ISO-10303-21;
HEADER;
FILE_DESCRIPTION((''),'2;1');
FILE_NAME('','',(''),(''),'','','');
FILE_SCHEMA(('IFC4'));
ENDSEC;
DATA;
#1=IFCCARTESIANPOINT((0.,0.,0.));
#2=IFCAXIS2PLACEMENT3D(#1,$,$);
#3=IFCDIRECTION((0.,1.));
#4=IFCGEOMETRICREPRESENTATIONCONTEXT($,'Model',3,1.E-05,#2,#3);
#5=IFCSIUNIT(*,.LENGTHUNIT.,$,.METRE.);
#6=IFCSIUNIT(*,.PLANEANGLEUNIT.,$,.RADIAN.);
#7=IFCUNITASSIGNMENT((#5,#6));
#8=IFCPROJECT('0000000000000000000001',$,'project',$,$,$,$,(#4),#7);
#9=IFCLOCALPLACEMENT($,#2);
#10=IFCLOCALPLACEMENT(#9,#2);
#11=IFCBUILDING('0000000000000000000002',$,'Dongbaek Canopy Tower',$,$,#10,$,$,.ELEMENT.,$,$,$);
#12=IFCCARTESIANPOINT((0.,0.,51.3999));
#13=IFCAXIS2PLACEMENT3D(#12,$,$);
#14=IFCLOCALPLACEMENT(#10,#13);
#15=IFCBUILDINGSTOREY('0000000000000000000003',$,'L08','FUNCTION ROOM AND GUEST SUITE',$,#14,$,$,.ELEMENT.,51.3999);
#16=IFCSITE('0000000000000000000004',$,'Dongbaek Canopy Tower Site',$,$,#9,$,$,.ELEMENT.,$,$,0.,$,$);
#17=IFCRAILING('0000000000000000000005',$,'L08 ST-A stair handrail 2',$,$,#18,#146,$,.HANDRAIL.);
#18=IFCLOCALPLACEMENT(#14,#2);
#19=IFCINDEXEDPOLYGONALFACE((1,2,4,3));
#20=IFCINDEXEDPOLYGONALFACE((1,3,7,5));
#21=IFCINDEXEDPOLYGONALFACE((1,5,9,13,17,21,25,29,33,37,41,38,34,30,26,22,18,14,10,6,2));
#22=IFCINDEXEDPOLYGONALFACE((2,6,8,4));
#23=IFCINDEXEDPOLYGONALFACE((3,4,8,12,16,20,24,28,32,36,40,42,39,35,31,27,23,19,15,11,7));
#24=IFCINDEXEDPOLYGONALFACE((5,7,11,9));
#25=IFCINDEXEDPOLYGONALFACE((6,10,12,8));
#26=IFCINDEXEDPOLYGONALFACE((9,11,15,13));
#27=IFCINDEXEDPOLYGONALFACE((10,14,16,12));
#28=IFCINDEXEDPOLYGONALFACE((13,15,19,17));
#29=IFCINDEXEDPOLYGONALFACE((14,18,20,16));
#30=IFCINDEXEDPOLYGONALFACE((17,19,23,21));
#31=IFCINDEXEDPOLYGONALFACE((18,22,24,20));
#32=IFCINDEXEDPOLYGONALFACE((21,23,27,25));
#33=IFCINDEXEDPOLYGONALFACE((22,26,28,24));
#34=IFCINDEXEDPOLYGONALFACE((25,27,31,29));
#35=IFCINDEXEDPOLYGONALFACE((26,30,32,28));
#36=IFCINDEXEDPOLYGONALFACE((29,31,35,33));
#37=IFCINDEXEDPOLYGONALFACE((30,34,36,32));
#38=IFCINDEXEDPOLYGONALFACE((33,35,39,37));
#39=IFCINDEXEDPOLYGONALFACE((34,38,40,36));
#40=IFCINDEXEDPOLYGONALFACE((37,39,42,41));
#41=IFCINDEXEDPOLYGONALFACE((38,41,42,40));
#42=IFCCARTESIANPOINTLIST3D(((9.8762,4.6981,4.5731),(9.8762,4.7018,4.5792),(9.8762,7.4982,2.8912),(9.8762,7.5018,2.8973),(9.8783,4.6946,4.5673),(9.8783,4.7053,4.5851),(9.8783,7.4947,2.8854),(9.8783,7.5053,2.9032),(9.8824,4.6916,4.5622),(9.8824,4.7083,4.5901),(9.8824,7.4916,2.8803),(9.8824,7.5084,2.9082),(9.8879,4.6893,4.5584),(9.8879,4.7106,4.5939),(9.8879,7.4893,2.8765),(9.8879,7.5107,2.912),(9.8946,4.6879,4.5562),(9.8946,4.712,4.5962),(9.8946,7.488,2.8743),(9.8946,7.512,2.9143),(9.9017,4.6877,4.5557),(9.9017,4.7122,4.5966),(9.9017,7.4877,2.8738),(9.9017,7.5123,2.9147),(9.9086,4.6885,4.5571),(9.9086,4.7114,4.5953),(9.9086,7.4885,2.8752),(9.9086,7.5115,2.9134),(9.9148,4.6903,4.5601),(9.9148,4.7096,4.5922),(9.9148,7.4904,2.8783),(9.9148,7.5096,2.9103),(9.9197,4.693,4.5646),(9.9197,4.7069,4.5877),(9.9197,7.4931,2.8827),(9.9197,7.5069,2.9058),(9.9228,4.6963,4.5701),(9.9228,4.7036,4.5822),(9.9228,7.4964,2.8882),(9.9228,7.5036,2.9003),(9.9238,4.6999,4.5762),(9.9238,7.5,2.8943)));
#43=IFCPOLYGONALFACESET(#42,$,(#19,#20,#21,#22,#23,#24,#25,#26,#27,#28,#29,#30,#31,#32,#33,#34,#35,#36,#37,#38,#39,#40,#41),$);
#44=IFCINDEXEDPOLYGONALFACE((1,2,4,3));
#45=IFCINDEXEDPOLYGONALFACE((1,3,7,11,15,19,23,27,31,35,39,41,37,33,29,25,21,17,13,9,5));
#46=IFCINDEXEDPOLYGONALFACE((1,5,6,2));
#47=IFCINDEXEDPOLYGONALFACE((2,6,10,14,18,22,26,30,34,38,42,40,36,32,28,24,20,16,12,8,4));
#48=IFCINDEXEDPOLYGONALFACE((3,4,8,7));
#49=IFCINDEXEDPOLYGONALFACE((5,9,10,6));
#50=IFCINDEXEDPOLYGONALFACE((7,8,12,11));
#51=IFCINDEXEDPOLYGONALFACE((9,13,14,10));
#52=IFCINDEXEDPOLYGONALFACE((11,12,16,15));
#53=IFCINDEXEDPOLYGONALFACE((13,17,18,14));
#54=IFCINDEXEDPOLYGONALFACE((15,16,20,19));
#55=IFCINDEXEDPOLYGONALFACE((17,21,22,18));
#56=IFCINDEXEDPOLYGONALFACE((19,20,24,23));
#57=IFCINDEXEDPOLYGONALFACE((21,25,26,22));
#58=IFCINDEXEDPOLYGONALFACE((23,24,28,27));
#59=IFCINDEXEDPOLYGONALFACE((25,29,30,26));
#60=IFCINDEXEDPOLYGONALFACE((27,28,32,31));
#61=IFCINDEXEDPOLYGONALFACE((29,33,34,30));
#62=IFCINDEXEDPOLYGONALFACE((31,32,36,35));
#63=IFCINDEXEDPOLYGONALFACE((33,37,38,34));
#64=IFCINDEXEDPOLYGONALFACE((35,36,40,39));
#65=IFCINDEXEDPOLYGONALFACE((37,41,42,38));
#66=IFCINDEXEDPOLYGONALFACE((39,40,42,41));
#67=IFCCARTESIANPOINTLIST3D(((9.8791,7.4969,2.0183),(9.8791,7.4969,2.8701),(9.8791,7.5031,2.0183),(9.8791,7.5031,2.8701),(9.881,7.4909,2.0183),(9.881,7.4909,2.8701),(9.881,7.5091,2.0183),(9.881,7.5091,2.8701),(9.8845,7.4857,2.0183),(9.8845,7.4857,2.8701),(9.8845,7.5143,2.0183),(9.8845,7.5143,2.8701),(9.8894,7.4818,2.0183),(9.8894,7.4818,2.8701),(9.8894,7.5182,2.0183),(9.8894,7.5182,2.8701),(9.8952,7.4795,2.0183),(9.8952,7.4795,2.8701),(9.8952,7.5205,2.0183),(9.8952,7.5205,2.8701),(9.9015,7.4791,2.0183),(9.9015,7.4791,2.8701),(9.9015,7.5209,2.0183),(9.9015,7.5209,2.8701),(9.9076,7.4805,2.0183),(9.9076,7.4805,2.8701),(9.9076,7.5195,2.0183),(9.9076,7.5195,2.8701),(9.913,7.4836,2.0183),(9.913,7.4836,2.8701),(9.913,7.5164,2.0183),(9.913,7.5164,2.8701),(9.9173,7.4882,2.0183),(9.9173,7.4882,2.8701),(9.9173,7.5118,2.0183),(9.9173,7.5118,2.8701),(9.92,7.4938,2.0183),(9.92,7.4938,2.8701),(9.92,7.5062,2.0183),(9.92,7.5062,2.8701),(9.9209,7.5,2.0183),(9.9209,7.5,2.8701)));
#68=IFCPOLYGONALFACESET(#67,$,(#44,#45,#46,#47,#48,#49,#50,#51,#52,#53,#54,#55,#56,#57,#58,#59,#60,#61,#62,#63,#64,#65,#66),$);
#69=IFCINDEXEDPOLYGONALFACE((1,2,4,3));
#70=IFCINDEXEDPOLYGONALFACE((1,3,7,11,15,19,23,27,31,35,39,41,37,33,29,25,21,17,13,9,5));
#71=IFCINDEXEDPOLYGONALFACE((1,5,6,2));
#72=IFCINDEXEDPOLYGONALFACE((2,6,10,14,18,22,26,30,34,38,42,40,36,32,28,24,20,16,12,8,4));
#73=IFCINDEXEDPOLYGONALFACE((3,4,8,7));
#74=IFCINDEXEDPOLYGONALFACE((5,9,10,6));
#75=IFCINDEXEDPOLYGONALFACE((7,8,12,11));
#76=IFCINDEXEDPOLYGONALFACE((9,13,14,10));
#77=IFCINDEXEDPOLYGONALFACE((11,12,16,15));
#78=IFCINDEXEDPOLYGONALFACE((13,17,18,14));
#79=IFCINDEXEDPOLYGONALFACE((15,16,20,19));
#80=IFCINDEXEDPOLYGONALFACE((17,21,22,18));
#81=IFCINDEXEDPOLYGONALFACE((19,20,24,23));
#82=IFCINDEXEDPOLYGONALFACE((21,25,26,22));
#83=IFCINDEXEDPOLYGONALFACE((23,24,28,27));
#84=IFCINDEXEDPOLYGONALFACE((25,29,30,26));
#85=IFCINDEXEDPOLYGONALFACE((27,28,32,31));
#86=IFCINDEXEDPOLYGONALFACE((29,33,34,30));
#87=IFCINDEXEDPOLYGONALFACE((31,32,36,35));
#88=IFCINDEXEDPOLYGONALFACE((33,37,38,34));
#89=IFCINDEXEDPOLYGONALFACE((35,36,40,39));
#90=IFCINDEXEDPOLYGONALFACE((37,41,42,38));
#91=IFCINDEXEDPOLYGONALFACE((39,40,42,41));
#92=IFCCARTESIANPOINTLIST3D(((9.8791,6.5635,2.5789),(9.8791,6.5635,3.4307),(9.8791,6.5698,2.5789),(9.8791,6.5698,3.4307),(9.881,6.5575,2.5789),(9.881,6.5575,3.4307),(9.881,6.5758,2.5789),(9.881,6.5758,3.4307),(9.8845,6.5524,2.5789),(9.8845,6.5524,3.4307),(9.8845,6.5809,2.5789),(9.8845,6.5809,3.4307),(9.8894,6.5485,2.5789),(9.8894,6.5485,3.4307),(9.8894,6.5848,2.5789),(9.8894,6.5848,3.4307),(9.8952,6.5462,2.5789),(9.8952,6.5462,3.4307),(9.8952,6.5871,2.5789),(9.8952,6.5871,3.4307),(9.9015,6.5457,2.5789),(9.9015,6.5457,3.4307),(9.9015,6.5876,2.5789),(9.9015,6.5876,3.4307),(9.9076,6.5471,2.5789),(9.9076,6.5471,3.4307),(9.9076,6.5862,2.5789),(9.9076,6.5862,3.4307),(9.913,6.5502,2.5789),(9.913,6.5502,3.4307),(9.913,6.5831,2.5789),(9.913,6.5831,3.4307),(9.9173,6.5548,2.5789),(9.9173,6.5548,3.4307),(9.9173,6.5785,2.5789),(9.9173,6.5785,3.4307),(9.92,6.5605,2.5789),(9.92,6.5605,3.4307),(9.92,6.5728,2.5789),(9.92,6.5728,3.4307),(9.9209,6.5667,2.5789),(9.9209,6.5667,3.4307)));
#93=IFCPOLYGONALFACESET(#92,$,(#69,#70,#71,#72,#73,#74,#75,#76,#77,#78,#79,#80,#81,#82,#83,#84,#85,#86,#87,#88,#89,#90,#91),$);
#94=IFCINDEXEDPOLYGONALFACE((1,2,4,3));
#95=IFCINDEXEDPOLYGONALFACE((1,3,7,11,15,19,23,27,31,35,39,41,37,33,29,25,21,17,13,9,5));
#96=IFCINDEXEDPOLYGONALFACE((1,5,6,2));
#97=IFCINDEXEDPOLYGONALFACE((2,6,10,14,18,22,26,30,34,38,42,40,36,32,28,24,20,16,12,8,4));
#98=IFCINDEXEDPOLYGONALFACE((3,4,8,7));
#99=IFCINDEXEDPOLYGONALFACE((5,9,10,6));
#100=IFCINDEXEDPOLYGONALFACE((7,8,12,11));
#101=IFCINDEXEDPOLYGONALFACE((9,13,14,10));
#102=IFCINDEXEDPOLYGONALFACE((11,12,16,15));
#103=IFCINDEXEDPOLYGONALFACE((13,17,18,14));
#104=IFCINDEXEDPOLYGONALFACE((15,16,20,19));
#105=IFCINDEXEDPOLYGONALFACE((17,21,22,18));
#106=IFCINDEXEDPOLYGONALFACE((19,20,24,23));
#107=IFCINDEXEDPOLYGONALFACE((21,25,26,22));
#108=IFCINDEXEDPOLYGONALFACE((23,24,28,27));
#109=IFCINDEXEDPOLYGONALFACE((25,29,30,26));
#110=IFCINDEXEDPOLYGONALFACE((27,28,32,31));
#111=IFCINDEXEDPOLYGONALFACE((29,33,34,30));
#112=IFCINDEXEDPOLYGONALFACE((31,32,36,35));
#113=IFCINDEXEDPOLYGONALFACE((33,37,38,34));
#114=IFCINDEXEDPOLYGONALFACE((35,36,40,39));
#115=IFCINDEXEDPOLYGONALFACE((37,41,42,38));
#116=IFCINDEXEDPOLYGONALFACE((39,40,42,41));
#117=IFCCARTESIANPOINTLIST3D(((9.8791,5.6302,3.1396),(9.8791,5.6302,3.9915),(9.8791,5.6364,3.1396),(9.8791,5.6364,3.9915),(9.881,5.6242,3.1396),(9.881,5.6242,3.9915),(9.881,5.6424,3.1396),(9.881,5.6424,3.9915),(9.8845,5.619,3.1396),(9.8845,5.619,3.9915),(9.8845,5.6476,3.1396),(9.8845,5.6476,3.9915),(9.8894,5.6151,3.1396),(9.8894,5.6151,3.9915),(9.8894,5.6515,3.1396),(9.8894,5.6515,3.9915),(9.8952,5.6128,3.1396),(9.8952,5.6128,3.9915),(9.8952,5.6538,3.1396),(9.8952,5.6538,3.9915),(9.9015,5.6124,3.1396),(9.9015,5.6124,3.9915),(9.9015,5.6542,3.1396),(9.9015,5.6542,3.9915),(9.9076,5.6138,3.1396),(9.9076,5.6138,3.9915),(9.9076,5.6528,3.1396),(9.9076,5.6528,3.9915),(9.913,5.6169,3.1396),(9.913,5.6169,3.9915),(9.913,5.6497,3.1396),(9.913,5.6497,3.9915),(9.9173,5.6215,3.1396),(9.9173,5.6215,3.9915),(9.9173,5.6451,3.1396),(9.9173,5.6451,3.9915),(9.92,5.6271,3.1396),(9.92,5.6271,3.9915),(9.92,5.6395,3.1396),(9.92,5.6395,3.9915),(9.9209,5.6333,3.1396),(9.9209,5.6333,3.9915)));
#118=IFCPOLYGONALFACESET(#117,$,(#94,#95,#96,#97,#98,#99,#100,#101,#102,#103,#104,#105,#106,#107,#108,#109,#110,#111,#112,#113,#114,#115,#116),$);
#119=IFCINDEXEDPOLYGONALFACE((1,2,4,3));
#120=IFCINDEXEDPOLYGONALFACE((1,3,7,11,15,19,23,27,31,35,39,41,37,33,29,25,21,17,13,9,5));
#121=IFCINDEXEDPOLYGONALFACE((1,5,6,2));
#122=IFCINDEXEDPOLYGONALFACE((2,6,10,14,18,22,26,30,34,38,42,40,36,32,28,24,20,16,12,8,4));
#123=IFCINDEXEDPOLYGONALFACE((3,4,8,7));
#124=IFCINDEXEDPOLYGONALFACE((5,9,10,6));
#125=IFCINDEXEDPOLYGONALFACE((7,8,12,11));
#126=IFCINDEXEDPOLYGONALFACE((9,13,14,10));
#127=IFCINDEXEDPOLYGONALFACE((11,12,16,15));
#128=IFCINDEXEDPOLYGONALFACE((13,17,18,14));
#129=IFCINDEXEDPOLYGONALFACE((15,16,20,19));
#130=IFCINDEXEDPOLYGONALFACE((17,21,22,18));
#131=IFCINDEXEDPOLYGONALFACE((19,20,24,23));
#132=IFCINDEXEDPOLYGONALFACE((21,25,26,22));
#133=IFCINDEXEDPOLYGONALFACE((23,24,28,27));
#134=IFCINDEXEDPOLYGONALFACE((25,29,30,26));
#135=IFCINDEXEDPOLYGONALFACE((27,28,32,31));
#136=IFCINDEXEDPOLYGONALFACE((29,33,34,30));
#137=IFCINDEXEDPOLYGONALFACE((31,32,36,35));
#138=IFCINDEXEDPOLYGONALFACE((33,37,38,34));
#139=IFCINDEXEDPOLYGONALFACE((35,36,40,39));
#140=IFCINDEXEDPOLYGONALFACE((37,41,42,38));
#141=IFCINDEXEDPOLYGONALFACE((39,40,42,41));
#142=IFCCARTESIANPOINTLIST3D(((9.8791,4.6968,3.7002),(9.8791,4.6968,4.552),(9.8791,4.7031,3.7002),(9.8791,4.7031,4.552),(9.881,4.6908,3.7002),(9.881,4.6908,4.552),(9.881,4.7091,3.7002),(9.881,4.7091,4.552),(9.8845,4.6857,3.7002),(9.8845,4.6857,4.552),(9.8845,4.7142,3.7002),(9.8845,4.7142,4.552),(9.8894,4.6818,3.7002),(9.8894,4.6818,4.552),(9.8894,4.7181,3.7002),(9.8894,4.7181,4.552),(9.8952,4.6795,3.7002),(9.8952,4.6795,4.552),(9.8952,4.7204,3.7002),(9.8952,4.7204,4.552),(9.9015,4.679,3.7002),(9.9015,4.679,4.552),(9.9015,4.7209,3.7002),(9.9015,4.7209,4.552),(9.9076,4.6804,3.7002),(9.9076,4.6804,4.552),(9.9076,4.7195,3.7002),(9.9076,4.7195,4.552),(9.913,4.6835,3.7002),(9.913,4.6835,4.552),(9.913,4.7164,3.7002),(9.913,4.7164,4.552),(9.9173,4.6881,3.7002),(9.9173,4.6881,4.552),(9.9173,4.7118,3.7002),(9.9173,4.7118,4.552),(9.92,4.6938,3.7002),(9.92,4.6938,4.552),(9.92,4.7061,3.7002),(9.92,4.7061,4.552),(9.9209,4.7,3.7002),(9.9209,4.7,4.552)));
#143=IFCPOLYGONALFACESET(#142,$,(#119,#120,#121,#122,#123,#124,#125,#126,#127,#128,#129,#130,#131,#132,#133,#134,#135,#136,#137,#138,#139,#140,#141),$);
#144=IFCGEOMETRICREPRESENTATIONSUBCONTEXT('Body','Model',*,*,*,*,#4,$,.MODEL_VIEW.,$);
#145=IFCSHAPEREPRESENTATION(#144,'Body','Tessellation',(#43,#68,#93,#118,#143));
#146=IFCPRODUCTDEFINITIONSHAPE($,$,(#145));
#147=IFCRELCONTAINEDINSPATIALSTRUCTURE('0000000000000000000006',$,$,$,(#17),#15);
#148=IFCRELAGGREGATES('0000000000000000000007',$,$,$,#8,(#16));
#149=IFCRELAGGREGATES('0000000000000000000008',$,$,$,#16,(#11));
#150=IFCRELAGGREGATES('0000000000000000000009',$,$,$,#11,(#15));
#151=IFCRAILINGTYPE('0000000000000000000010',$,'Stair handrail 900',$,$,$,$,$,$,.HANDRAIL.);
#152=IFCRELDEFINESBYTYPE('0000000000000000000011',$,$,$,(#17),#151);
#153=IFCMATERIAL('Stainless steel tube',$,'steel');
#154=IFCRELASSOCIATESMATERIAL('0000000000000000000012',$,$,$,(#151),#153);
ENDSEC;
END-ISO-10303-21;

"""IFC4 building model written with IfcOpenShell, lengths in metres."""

from ifc_helpers import new_model, si_unit, direction, frame, origin, origin_2d, place, context, subcontext, project, spatial, circle, extrude, material, type_object, element, save


model = new_model("IFC4")

# Units and contexts
model_context = context("Model", 3, precision=1e-05, world=origin(), true_north=direction((0.0, 1.0)))
body_context = subcontext(model_context, "Body", "Model", "MODEL_VIEW")
ifc_project = project(units=[si_unit("LENGTHUNIT", "METRE"), si_unit("PLANEANGLEUNIT", "RADIAN")], contexts=[model_context])

# Site, building, storey
site_placement = place(None, origin())
site = spatial("IfcSite", under=ifc_project, at=site_placement, Name="Dongbaek Canopy Tower Site", CompositionType="ELEMENT", RefElevation=0.0)
building_placement = place(site_placement, origin())
building = spatial("IfcBuilding", under=site, at=building_placement, Name="Dongbaek Canopy Tower", CompositionType="ELEMENT")
storey_placement = place(building_placement, frame((0.0, 0.0, 51.3999)))
storey = spatial("IfcBuildingStorey", under=building, at=storey_placement, Name="L08", Description="FUNCTION ROOM AND GUEST SUITE", CompositionType="ELEMENT", Elevation=51.3999)

# Railing
ifc_material_1 = material(Name="Stainless steel tube", Category="steel")
railing_type_1 = type_object("IfcRailingType", Name="Stair handrail 900", PredefinedType="HANDRAIL", material=ifc_material_1)
railing_1_placement = place(storey_placement, frame((9.8999, 7.5, 2.0183)))
element("IfcRailing", 1, at=railing_1_placement, inside=storey, type_object=railing_type_1, Name="L08 ST-A stair handrail 2", PredefinedType="HANDRAIL", context=body_context, shape_type="SweptSolid", body=[
    extrude(circle(Radius=0.0239, at=origin_2d()), frame((0.0, 0.0, 0.876), z_axis=(0.0, -0.857242, 0.514913), x_axis=(1.0, 0.0, 0.0)), (0.0, 0.0, 1.0), 3.2664),
    extrude(circle(Radius=0.021, at=origin_2d()), origin(), (0.0, 0.0, 1.0), 0.8518),
    extrude(circle(Radius=0.021, at=origin_2d()), frame((0.0, -0.9333, 0.5605)), (0.0, 0.0, 1.0), 0.8518),
    extrude(circle(Radius=0.021, at=origin_2d()), frame((0.0, -1.8667, 1.1213)), (0.0, 0.0, 1.0), 0.8518),
    extrude(circle(Radius=0.021, at=origin_2d()), frame((0.0, -2.8, 1.6819)), (0.0, 0.0, 1.0), 0.8518),
])

save(model, "model.ifc")
